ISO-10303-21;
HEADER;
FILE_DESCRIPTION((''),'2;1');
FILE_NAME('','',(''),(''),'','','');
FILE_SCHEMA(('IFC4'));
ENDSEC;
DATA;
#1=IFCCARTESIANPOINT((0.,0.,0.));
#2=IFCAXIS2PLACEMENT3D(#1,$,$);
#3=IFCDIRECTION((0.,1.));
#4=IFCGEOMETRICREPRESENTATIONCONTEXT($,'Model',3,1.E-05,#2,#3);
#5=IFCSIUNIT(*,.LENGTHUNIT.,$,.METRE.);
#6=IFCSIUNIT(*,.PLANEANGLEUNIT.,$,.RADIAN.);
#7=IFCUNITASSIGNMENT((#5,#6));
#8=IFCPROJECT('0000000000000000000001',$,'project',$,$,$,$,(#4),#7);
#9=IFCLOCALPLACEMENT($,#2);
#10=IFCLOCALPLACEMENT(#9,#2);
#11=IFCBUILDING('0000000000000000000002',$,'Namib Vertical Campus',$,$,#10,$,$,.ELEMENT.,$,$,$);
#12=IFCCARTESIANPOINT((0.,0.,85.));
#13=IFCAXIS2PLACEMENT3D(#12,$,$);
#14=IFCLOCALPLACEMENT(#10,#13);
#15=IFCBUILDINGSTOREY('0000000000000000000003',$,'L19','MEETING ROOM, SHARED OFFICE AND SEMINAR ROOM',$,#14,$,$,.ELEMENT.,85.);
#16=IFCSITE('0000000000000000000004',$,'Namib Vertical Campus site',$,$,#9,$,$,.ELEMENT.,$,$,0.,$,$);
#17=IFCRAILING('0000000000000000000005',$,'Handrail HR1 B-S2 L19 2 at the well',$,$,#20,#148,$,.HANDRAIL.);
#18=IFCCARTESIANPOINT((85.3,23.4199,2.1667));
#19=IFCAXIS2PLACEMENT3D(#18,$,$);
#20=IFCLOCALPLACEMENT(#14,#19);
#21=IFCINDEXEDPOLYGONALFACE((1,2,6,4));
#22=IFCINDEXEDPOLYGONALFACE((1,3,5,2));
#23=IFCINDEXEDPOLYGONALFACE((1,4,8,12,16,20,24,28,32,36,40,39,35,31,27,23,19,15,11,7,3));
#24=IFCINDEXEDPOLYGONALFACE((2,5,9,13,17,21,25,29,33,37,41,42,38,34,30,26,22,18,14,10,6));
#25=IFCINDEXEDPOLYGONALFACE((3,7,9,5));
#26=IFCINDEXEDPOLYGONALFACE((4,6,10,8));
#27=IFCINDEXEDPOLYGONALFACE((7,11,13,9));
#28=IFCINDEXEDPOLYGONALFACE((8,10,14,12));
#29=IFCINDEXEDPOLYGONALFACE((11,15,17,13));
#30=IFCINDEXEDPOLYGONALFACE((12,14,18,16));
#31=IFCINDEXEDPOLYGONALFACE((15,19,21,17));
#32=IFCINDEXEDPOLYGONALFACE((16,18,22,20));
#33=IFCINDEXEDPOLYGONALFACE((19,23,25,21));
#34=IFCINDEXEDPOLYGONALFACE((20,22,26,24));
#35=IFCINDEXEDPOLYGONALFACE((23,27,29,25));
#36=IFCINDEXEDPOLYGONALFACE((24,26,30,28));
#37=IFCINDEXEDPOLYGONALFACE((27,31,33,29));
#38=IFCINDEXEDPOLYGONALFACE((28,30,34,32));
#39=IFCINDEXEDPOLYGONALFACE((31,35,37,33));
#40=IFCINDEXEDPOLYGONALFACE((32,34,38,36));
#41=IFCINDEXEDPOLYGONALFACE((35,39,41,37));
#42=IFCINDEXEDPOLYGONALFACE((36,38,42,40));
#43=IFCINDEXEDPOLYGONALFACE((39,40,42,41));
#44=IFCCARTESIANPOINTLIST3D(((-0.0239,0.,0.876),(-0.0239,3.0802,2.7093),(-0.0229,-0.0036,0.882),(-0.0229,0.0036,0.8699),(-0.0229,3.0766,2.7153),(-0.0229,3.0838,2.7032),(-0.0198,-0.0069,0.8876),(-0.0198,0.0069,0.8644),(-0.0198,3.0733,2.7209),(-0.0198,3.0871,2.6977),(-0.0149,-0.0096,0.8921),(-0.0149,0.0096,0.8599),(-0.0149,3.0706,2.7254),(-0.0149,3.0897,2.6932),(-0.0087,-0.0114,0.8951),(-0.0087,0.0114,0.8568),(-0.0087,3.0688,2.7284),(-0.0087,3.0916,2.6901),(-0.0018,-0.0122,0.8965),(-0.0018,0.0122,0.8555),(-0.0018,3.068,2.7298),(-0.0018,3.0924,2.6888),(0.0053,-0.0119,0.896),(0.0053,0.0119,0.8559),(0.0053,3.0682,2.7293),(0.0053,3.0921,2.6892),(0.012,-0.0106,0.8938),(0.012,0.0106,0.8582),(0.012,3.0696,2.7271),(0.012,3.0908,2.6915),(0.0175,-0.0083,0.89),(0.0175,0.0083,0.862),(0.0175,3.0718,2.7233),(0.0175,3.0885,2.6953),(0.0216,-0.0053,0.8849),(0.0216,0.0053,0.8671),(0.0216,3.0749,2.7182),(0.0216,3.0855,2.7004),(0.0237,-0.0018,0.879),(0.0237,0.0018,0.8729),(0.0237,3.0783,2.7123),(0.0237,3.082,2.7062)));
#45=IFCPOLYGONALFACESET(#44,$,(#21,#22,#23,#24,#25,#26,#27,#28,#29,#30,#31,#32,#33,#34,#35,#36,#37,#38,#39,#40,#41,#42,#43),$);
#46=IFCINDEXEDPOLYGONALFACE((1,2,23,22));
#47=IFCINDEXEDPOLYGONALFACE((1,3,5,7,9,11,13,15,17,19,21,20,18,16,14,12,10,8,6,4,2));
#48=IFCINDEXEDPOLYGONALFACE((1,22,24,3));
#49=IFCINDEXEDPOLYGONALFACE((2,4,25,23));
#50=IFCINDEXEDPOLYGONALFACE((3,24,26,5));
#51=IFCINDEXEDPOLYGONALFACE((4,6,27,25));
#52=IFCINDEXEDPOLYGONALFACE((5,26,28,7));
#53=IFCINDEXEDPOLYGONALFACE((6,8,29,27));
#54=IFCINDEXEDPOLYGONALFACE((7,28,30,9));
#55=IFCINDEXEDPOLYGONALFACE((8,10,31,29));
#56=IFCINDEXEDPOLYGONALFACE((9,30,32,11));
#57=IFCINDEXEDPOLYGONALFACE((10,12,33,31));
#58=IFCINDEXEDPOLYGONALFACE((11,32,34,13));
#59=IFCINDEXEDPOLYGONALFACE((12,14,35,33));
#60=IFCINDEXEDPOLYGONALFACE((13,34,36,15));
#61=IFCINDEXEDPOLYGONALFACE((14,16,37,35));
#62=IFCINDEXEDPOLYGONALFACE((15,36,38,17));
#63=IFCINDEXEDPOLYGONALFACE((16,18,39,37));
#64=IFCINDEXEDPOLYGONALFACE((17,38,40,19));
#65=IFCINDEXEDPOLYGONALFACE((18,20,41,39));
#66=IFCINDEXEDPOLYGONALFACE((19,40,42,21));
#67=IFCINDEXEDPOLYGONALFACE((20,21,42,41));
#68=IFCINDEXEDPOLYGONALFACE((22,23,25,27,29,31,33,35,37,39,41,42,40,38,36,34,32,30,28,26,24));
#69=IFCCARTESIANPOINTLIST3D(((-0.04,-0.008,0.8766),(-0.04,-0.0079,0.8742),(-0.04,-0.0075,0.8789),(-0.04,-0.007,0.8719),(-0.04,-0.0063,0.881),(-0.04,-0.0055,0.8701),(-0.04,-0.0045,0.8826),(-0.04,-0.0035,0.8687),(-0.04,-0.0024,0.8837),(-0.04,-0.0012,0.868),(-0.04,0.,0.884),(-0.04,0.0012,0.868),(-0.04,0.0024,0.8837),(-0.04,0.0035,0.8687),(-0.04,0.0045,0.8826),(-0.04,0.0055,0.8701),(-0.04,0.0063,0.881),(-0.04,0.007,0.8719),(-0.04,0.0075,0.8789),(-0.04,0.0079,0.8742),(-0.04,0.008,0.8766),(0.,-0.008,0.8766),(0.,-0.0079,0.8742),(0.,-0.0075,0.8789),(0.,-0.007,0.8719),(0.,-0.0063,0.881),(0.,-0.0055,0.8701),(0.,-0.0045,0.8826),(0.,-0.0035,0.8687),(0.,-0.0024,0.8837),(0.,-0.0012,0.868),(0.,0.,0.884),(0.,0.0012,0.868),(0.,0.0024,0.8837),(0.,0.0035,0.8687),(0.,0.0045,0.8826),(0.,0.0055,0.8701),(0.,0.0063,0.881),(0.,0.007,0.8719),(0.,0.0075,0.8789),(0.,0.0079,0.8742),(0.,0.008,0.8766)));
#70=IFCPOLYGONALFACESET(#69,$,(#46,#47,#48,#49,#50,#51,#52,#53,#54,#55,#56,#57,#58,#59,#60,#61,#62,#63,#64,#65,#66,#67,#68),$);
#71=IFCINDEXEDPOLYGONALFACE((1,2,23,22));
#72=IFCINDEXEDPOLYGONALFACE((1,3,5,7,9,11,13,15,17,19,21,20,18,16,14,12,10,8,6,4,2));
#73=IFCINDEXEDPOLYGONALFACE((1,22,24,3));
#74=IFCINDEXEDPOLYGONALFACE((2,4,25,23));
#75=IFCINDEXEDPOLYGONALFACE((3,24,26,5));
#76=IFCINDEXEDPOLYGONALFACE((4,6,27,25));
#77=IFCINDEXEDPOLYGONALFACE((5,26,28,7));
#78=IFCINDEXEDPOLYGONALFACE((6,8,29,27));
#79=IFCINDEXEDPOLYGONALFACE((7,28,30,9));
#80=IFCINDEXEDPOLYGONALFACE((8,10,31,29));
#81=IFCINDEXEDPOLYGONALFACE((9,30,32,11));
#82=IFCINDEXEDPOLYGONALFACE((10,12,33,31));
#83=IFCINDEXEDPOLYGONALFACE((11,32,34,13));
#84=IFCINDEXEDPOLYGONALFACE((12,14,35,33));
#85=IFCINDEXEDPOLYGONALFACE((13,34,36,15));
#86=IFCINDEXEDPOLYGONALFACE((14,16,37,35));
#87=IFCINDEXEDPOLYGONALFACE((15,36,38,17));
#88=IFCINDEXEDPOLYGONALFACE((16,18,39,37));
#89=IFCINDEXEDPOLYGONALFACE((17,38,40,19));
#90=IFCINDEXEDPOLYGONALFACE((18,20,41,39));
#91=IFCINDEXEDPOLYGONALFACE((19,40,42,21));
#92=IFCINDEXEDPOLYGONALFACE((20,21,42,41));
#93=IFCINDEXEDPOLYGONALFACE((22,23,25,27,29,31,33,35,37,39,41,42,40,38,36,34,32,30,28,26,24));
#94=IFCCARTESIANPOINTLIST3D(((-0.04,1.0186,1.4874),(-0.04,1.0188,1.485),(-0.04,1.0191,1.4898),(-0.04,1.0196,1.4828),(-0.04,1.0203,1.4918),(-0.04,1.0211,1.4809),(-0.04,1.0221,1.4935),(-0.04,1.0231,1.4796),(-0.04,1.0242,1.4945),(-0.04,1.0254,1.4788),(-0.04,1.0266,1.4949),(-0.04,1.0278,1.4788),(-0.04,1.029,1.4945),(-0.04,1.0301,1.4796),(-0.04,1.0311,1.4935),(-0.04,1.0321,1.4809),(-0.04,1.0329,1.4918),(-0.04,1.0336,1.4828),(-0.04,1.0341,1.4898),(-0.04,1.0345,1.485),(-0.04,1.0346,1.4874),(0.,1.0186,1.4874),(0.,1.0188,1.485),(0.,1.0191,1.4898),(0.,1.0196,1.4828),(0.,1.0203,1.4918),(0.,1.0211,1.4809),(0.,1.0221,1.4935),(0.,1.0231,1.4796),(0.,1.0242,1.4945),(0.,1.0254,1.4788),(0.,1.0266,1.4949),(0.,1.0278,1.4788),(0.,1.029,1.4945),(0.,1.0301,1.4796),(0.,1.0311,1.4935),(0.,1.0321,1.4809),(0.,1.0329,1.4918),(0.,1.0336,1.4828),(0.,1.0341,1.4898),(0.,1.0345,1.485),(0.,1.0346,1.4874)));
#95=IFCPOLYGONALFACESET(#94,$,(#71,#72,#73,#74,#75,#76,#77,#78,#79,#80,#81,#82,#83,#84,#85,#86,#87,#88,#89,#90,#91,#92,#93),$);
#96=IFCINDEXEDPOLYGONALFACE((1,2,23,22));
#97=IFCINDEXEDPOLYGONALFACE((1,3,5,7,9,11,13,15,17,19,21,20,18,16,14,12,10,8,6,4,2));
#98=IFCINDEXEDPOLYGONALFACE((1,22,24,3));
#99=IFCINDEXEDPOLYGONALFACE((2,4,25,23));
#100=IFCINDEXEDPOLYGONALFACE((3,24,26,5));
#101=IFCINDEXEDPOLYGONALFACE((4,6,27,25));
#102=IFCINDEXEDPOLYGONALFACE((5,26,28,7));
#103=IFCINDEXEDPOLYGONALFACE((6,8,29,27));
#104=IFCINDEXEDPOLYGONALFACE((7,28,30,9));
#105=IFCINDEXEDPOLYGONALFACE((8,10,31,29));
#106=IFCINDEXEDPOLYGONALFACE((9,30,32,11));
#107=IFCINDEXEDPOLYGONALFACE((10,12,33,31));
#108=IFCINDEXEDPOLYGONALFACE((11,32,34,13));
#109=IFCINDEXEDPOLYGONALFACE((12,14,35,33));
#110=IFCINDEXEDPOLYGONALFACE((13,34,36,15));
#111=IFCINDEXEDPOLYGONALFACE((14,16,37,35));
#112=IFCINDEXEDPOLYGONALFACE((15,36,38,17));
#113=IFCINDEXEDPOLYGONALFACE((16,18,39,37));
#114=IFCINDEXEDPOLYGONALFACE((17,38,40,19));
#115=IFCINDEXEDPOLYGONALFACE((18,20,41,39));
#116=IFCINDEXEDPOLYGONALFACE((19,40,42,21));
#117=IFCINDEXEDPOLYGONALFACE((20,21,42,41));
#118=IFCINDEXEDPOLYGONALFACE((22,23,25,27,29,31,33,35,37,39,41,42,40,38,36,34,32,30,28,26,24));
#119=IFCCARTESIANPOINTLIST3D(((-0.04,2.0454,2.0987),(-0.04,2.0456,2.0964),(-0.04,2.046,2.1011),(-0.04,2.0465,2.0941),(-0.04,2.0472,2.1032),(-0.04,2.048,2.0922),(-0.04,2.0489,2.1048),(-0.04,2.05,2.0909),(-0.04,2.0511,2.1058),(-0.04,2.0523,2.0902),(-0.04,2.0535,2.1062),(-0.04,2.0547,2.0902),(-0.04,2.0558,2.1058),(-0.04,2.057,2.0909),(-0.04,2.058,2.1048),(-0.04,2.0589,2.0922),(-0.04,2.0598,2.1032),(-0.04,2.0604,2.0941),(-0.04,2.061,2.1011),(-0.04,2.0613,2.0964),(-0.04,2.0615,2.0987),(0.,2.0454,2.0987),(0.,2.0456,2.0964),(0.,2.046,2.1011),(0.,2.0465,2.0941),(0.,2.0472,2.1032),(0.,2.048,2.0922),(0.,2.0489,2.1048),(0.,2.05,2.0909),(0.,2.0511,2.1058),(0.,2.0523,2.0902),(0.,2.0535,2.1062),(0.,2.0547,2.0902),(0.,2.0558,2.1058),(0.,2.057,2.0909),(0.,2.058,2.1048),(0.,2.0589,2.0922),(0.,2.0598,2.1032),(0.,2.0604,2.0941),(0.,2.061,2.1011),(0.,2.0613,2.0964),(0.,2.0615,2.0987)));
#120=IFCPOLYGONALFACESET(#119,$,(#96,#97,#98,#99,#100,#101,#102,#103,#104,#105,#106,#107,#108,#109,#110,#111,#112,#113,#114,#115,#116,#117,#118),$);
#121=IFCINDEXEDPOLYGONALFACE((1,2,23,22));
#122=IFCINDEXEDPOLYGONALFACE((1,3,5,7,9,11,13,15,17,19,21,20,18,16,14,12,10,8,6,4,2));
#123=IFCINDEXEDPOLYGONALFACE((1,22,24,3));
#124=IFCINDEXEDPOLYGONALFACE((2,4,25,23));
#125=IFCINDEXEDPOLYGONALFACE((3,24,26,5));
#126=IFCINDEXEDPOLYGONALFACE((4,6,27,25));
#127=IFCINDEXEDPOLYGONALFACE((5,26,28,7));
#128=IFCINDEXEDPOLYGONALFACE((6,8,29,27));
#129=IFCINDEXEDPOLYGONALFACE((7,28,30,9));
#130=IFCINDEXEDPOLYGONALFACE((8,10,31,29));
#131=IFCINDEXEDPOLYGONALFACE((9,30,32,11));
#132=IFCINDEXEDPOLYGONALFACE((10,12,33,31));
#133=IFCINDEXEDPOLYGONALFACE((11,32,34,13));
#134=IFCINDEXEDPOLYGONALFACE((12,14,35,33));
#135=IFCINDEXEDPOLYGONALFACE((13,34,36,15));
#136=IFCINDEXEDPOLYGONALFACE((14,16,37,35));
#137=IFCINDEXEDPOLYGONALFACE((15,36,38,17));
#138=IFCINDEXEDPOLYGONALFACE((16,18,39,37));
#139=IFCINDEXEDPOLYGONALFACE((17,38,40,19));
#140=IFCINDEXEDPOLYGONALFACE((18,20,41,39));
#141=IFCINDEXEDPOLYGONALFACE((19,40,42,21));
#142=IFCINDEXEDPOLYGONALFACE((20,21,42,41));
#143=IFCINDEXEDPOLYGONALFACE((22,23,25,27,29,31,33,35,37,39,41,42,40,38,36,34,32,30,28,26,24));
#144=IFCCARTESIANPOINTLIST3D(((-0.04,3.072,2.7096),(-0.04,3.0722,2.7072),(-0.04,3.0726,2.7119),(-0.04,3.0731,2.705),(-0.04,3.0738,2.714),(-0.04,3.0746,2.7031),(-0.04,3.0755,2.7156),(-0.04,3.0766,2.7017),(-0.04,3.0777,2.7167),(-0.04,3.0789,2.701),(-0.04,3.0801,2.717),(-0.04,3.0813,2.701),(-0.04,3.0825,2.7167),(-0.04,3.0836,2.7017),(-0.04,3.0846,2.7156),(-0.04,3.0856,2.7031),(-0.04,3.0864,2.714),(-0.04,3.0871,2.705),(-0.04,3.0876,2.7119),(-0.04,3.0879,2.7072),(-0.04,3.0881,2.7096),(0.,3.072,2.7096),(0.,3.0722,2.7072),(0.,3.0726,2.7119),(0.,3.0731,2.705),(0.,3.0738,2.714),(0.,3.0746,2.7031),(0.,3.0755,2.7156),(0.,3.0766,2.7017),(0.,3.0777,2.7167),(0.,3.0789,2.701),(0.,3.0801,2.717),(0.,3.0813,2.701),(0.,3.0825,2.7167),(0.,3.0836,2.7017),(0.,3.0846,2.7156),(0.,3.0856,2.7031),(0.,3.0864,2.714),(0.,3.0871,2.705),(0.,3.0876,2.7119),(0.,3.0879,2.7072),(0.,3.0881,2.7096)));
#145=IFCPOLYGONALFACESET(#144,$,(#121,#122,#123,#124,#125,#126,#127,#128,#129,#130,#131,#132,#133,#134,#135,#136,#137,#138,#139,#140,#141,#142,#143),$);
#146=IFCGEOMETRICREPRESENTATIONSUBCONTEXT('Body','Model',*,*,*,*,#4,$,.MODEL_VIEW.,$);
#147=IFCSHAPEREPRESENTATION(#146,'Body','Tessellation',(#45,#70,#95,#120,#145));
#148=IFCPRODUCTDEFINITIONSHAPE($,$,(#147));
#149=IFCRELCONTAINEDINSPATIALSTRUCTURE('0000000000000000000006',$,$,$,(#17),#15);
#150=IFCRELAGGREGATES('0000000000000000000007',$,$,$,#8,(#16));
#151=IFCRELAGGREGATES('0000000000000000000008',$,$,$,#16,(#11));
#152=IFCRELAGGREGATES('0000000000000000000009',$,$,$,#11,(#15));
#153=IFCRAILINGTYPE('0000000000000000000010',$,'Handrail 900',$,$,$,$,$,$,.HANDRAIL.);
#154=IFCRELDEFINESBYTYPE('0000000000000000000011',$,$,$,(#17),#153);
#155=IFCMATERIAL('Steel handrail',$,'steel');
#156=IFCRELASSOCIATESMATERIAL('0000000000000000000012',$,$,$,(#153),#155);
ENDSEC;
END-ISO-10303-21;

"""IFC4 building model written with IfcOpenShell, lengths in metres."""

from ifc_helpers import new_model, si_unit, direction, frame, origin, origin_2d, place, context, subcontext, project, spatial, circle, extrude, material, type_object, element, save


model = new_model("IFC4")

# Units and contexts
model_context = context("Model", 3, precision=1e-05, world=origin(), true_north=direction((0.0, 1.0)))
body_context = subcontext(model_context, "Body", "Model", "MODEL_VIEW")
ifc_project = project(units=[si_unit("LENGTHUNIT", "METRE"), si_unit("PLANEANGLEUNIT", "RADIAN")], contexts=[model_context])

# Site, building, storey
site_placement = place(None, origin())
site = spatial("IfcSite", under=ifc_project, at=site_placement, Name="Namib Vertical Campus site", CompositionType="ELEMENT", RefElevation=0.0)
building_placement = place(site_placement, origin())
building = spatial("IfcBuilding", under=site, at=building_placement, Name="Namib Vertical Campus", CompositionType="ELEMENT")
storey_placement = place(building_placement, frame((0.0, 0.0, 85.0)))
storey = spatial("IfcBuildingStorey", under=building, at=storey_placement, Name="L19", Description="MEETING ROOM, SHARED OFFICE AND SEMINAR ROOM", CompositionType="ELEMENT", Elevation=85.0)

# Railing
ifc_material_1 = material(Name="Steel handrail", Category="steel")
railing_type = type_object("IfcRailingType", Name="Handrail 900", PredefinedType="HANDRAIL", material=ifc_material_1)
railing_1_placement = place(storey_placement, frame((85.3, 23.4199, 2.1667)))
element("IfcRailing", 1, at=railing_1_placement, inside=storey, type_object=railing_type, Name="Handrail HR1 B-S2 L19 2 at the well", PredefinedType="HANDRAIL", context=body_context, shape_type="SweptSolid", body=[
    extrude(circle(Radius=0.0239, at=origin_2d()), frame((0.0, 0.0, 0.876), z_axis=(0.0, 0.859309, 0.511458), x_axis=(-1.0, 0.0, 0.0)), (0.0, 0.0, 1.0), 3.5845),
    extrude(circle(Radius=0.0081, at=origin_2d()), frame((0.0, 0.0, 0.876), z_axis=(-1.0, 0.0, 0.0), x_axis=(0.0, 0.0, 1.0)), (0.0, 0.0, 1.0), 0.04),
    extrude(circle(Radius=0.0081, at=origin_2d()), frame((0.0, 1.0266, 1.4868), z_axis=(-1.0, 0.0, 0.0), x_axis=(0.0, 0.0, 1.0)), (0.0, 0.0, 1.0), 0.04),
    extrude(circle(Radius=0.0081, at=origin_2d()), frame((0.0, 2.0535, 2.0981), z_axis=(-1.0, 0.0, 0.0), x_axis=(0.0, 0.0, 1.0)), (0.0, 0.0, 1.0), 0.04),
    extrude(circle(Radius=0.0081, at=origin_2d()), frame((0.0, 3.0801, 2.709), z_axis=(-1.0, 0.0, 0.0), x_axis=(0.0, 0.0, 1.0)), (0.0, 0.0, 1.0), 0.04),
])

save(model, "model.ifc")
